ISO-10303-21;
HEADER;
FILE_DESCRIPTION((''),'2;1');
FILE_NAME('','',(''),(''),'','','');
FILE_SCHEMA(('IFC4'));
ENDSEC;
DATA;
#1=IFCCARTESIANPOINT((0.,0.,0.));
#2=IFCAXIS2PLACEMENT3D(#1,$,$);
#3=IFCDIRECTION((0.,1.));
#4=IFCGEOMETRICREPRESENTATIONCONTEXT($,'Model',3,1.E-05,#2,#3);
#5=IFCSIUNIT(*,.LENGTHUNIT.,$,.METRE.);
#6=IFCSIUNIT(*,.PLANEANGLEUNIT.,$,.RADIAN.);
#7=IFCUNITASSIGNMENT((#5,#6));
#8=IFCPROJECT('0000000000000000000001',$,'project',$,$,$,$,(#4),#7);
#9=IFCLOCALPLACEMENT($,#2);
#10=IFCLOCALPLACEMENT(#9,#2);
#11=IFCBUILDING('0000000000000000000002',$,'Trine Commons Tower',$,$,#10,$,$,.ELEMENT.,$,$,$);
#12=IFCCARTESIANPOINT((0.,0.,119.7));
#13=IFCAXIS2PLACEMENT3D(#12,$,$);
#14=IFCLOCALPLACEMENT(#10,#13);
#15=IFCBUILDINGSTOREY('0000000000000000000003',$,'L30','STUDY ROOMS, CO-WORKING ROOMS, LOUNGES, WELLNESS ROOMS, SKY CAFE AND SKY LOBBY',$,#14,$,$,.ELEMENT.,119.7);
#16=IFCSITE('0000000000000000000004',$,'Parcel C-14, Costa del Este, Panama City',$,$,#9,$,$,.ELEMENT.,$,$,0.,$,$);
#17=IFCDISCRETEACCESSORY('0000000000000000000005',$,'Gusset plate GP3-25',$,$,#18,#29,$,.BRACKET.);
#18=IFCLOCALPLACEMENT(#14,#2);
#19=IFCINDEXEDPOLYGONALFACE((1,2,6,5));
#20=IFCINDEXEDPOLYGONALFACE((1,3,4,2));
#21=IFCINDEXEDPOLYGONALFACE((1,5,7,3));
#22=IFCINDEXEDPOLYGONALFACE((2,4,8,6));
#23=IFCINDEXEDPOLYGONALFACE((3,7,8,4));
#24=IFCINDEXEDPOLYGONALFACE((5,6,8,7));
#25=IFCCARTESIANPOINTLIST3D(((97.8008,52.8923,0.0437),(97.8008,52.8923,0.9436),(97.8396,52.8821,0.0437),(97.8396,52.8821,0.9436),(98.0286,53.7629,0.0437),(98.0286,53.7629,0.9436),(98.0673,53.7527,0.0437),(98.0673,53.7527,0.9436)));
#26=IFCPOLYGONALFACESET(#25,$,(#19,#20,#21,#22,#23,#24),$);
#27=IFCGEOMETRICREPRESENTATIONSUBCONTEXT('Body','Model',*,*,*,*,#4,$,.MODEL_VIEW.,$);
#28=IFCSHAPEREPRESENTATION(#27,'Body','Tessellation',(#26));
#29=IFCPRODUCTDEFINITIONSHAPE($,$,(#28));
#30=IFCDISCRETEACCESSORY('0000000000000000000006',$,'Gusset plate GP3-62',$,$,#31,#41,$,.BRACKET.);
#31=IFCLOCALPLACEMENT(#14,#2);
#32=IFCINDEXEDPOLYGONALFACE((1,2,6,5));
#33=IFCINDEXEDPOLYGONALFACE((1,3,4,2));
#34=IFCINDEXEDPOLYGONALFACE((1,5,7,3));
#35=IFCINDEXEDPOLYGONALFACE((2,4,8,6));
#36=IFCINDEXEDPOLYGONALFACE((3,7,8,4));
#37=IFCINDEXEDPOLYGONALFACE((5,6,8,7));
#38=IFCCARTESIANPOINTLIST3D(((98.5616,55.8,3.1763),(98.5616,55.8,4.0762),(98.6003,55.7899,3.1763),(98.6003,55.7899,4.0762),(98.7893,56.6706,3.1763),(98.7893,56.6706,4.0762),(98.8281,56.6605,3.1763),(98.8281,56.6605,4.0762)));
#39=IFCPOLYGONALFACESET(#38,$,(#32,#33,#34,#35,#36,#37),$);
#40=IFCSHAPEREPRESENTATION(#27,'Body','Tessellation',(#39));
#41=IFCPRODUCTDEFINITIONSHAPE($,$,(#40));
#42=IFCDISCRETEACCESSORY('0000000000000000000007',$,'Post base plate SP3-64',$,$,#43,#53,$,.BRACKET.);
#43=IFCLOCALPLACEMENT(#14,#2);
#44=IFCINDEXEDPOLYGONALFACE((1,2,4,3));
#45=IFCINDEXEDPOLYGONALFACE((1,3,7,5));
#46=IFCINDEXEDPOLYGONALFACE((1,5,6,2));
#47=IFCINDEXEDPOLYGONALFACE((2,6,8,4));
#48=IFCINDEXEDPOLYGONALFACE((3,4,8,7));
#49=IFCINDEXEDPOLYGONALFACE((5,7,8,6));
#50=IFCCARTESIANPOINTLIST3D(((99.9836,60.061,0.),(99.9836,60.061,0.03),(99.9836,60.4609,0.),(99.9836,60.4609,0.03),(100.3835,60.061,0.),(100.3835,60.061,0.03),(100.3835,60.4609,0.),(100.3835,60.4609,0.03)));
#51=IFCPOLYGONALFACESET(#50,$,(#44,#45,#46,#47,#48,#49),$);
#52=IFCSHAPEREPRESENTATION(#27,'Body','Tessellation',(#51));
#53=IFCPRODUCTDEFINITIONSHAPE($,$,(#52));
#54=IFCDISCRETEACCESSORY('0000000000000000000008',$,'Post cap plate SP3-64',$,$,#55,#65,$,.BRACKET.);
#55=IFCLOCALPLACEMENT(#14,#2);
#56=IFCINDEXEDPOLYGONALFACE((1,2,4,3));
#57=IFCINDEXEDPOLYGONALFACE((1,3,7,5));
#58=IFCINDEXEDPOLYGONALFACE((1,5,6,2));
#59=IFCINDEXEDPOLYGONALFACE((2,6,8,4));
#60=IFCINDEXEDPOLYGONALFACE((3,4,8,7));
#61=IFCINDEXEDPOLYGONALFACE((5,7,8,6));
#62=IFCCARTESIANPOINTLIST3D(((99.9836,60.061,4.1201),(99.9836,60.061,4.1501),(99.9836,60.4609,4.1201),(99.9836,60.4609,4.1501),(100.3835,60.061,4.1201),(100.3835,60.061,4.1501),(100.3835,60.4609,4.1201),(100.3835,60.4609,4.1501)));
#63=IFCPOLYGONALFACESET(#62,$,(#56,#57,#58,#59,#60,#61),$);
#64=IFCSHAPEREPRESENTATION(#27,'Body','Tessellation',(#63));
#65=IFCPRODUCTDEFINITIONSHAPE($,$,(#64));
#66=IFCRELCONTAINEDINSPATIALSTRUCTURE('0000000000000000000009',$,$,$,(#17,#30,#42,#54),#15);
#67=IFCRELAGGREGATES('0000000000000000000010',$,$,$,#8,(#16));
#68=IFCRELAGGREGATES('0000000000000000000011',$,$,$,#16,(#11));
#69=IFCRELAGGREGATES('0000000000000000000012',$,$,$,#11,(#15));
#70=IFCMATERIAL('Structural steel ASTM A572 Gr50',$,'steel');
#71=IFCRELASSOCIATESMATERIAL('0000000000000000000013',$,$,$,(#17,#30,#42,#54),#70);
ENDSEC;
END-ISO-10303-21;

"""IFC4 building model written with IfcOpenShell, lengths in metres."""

from ifc_helpers import new_model, si_unit, direction, frame, origin, origin_2d, place, context, subcontext, project, spatial, rectangle, extrude, material, element, save


model = new_model("IFC4")

# Units and contexts
model_context = context("Model", 3, precision=1e-05, world=origin(), true_north=direction((0.0, 1.0)))
body_context = subcontext(model_context, "Body", "Model", "MODEL_VIEW")
ifc_project = project(units=[si_unit("LENGTHUNIT", "METRE"), si_unit("PLANEANGLEUNIT", "RADIAN")], contexts=[model_context])

# Site, building, storey
site_placement = place(None, origin())
site = spatial("IfcSite", under=ifc_project, at=site_placement, Name="Parcel C-14, Costa del Este, Panama City", CompositionType="ELEMENT", RefElevation=0.0)
building_placement = place(site_placement, origin())
building = spatial("IfcBuilding", under=site, at=building_placement, Name="Trine Commons Tower", CompositionType="ELEMENT")
storey_placement = place(building_placement, frame((0.0, 0.0, 119.7)))
storey = spatial("IfcBuildingStorey", under=building, at=storey_placement, Name="L30", Description="STUDY ROOMS, CO-WORKING ROOMS, LOUNGES, WELLNESS ROOMS, SKY CAFE AND SKY LOBBY", CompositionType="ELEMENT", Elevation=119.7)

# Discrete accessories
ifc_material_1 = material(Name="Structural steel ASTM A572 Gr50", Category="steel")
for number, where, z_axis, x_axis, name in (
    (1, (97.9341, 53.3225, 0.0437), (0.0, 0.0, 1.0), (0.253116, 0.967436, 0.0), "Gusset plate GP3-25"),
    (2, (98.6948, 56.2302, 3.1763), (0.0, 0.0, 1.0), (0.253116, 0.967436, 0.0), "Gusset plate GP3-62"),
):
    element("IfcDiscreteAccessory", number, at=place(storey_placement, frame(where, z_axis=z_axis, x_axis=x_axis)), inside=storey, material=ifc_material_1, Name=name, PredefinedType="BRACKET", context=body_context, shape_type="SweptSolid", body=[
        extrude(rectangle(XDim=0.8999, YDim=0.04, at=origin_2d()), origin(), (0.0, 0.0, 1.0), 0.8999),
    ])
for number, where, z_axis, x_axis, name in (
    (3, (100.1836, 60.261, 0.0), (0.0, 0.0, 1.0), (1.0, 0.0, 0.0), "Post base plate SP3-64"),
    (4, (100.1836, 60.261, 4.1201), (0.0, 0.0, 1.0), (1.0, 0.0, 0.0), "Post cap plate SP3-64"),
):
    element("IfcDiscreteAccessory", number, at=place(storey_placement, frame(where, z_axis=z_axis, x_axis=x_axis)), inside=storey, material=ifc_material_1, Name=name, PredefinedType="BRACKET", context=body_context, shape_type="SweptSolid", body=[
        extrude(rectangle(XDim=0.3999, YDim=0.3999, at=origin_2d()), origin(), (0.0, 0.0, 1.0), 0.03),
    ])

save(model, "model.ifc")
